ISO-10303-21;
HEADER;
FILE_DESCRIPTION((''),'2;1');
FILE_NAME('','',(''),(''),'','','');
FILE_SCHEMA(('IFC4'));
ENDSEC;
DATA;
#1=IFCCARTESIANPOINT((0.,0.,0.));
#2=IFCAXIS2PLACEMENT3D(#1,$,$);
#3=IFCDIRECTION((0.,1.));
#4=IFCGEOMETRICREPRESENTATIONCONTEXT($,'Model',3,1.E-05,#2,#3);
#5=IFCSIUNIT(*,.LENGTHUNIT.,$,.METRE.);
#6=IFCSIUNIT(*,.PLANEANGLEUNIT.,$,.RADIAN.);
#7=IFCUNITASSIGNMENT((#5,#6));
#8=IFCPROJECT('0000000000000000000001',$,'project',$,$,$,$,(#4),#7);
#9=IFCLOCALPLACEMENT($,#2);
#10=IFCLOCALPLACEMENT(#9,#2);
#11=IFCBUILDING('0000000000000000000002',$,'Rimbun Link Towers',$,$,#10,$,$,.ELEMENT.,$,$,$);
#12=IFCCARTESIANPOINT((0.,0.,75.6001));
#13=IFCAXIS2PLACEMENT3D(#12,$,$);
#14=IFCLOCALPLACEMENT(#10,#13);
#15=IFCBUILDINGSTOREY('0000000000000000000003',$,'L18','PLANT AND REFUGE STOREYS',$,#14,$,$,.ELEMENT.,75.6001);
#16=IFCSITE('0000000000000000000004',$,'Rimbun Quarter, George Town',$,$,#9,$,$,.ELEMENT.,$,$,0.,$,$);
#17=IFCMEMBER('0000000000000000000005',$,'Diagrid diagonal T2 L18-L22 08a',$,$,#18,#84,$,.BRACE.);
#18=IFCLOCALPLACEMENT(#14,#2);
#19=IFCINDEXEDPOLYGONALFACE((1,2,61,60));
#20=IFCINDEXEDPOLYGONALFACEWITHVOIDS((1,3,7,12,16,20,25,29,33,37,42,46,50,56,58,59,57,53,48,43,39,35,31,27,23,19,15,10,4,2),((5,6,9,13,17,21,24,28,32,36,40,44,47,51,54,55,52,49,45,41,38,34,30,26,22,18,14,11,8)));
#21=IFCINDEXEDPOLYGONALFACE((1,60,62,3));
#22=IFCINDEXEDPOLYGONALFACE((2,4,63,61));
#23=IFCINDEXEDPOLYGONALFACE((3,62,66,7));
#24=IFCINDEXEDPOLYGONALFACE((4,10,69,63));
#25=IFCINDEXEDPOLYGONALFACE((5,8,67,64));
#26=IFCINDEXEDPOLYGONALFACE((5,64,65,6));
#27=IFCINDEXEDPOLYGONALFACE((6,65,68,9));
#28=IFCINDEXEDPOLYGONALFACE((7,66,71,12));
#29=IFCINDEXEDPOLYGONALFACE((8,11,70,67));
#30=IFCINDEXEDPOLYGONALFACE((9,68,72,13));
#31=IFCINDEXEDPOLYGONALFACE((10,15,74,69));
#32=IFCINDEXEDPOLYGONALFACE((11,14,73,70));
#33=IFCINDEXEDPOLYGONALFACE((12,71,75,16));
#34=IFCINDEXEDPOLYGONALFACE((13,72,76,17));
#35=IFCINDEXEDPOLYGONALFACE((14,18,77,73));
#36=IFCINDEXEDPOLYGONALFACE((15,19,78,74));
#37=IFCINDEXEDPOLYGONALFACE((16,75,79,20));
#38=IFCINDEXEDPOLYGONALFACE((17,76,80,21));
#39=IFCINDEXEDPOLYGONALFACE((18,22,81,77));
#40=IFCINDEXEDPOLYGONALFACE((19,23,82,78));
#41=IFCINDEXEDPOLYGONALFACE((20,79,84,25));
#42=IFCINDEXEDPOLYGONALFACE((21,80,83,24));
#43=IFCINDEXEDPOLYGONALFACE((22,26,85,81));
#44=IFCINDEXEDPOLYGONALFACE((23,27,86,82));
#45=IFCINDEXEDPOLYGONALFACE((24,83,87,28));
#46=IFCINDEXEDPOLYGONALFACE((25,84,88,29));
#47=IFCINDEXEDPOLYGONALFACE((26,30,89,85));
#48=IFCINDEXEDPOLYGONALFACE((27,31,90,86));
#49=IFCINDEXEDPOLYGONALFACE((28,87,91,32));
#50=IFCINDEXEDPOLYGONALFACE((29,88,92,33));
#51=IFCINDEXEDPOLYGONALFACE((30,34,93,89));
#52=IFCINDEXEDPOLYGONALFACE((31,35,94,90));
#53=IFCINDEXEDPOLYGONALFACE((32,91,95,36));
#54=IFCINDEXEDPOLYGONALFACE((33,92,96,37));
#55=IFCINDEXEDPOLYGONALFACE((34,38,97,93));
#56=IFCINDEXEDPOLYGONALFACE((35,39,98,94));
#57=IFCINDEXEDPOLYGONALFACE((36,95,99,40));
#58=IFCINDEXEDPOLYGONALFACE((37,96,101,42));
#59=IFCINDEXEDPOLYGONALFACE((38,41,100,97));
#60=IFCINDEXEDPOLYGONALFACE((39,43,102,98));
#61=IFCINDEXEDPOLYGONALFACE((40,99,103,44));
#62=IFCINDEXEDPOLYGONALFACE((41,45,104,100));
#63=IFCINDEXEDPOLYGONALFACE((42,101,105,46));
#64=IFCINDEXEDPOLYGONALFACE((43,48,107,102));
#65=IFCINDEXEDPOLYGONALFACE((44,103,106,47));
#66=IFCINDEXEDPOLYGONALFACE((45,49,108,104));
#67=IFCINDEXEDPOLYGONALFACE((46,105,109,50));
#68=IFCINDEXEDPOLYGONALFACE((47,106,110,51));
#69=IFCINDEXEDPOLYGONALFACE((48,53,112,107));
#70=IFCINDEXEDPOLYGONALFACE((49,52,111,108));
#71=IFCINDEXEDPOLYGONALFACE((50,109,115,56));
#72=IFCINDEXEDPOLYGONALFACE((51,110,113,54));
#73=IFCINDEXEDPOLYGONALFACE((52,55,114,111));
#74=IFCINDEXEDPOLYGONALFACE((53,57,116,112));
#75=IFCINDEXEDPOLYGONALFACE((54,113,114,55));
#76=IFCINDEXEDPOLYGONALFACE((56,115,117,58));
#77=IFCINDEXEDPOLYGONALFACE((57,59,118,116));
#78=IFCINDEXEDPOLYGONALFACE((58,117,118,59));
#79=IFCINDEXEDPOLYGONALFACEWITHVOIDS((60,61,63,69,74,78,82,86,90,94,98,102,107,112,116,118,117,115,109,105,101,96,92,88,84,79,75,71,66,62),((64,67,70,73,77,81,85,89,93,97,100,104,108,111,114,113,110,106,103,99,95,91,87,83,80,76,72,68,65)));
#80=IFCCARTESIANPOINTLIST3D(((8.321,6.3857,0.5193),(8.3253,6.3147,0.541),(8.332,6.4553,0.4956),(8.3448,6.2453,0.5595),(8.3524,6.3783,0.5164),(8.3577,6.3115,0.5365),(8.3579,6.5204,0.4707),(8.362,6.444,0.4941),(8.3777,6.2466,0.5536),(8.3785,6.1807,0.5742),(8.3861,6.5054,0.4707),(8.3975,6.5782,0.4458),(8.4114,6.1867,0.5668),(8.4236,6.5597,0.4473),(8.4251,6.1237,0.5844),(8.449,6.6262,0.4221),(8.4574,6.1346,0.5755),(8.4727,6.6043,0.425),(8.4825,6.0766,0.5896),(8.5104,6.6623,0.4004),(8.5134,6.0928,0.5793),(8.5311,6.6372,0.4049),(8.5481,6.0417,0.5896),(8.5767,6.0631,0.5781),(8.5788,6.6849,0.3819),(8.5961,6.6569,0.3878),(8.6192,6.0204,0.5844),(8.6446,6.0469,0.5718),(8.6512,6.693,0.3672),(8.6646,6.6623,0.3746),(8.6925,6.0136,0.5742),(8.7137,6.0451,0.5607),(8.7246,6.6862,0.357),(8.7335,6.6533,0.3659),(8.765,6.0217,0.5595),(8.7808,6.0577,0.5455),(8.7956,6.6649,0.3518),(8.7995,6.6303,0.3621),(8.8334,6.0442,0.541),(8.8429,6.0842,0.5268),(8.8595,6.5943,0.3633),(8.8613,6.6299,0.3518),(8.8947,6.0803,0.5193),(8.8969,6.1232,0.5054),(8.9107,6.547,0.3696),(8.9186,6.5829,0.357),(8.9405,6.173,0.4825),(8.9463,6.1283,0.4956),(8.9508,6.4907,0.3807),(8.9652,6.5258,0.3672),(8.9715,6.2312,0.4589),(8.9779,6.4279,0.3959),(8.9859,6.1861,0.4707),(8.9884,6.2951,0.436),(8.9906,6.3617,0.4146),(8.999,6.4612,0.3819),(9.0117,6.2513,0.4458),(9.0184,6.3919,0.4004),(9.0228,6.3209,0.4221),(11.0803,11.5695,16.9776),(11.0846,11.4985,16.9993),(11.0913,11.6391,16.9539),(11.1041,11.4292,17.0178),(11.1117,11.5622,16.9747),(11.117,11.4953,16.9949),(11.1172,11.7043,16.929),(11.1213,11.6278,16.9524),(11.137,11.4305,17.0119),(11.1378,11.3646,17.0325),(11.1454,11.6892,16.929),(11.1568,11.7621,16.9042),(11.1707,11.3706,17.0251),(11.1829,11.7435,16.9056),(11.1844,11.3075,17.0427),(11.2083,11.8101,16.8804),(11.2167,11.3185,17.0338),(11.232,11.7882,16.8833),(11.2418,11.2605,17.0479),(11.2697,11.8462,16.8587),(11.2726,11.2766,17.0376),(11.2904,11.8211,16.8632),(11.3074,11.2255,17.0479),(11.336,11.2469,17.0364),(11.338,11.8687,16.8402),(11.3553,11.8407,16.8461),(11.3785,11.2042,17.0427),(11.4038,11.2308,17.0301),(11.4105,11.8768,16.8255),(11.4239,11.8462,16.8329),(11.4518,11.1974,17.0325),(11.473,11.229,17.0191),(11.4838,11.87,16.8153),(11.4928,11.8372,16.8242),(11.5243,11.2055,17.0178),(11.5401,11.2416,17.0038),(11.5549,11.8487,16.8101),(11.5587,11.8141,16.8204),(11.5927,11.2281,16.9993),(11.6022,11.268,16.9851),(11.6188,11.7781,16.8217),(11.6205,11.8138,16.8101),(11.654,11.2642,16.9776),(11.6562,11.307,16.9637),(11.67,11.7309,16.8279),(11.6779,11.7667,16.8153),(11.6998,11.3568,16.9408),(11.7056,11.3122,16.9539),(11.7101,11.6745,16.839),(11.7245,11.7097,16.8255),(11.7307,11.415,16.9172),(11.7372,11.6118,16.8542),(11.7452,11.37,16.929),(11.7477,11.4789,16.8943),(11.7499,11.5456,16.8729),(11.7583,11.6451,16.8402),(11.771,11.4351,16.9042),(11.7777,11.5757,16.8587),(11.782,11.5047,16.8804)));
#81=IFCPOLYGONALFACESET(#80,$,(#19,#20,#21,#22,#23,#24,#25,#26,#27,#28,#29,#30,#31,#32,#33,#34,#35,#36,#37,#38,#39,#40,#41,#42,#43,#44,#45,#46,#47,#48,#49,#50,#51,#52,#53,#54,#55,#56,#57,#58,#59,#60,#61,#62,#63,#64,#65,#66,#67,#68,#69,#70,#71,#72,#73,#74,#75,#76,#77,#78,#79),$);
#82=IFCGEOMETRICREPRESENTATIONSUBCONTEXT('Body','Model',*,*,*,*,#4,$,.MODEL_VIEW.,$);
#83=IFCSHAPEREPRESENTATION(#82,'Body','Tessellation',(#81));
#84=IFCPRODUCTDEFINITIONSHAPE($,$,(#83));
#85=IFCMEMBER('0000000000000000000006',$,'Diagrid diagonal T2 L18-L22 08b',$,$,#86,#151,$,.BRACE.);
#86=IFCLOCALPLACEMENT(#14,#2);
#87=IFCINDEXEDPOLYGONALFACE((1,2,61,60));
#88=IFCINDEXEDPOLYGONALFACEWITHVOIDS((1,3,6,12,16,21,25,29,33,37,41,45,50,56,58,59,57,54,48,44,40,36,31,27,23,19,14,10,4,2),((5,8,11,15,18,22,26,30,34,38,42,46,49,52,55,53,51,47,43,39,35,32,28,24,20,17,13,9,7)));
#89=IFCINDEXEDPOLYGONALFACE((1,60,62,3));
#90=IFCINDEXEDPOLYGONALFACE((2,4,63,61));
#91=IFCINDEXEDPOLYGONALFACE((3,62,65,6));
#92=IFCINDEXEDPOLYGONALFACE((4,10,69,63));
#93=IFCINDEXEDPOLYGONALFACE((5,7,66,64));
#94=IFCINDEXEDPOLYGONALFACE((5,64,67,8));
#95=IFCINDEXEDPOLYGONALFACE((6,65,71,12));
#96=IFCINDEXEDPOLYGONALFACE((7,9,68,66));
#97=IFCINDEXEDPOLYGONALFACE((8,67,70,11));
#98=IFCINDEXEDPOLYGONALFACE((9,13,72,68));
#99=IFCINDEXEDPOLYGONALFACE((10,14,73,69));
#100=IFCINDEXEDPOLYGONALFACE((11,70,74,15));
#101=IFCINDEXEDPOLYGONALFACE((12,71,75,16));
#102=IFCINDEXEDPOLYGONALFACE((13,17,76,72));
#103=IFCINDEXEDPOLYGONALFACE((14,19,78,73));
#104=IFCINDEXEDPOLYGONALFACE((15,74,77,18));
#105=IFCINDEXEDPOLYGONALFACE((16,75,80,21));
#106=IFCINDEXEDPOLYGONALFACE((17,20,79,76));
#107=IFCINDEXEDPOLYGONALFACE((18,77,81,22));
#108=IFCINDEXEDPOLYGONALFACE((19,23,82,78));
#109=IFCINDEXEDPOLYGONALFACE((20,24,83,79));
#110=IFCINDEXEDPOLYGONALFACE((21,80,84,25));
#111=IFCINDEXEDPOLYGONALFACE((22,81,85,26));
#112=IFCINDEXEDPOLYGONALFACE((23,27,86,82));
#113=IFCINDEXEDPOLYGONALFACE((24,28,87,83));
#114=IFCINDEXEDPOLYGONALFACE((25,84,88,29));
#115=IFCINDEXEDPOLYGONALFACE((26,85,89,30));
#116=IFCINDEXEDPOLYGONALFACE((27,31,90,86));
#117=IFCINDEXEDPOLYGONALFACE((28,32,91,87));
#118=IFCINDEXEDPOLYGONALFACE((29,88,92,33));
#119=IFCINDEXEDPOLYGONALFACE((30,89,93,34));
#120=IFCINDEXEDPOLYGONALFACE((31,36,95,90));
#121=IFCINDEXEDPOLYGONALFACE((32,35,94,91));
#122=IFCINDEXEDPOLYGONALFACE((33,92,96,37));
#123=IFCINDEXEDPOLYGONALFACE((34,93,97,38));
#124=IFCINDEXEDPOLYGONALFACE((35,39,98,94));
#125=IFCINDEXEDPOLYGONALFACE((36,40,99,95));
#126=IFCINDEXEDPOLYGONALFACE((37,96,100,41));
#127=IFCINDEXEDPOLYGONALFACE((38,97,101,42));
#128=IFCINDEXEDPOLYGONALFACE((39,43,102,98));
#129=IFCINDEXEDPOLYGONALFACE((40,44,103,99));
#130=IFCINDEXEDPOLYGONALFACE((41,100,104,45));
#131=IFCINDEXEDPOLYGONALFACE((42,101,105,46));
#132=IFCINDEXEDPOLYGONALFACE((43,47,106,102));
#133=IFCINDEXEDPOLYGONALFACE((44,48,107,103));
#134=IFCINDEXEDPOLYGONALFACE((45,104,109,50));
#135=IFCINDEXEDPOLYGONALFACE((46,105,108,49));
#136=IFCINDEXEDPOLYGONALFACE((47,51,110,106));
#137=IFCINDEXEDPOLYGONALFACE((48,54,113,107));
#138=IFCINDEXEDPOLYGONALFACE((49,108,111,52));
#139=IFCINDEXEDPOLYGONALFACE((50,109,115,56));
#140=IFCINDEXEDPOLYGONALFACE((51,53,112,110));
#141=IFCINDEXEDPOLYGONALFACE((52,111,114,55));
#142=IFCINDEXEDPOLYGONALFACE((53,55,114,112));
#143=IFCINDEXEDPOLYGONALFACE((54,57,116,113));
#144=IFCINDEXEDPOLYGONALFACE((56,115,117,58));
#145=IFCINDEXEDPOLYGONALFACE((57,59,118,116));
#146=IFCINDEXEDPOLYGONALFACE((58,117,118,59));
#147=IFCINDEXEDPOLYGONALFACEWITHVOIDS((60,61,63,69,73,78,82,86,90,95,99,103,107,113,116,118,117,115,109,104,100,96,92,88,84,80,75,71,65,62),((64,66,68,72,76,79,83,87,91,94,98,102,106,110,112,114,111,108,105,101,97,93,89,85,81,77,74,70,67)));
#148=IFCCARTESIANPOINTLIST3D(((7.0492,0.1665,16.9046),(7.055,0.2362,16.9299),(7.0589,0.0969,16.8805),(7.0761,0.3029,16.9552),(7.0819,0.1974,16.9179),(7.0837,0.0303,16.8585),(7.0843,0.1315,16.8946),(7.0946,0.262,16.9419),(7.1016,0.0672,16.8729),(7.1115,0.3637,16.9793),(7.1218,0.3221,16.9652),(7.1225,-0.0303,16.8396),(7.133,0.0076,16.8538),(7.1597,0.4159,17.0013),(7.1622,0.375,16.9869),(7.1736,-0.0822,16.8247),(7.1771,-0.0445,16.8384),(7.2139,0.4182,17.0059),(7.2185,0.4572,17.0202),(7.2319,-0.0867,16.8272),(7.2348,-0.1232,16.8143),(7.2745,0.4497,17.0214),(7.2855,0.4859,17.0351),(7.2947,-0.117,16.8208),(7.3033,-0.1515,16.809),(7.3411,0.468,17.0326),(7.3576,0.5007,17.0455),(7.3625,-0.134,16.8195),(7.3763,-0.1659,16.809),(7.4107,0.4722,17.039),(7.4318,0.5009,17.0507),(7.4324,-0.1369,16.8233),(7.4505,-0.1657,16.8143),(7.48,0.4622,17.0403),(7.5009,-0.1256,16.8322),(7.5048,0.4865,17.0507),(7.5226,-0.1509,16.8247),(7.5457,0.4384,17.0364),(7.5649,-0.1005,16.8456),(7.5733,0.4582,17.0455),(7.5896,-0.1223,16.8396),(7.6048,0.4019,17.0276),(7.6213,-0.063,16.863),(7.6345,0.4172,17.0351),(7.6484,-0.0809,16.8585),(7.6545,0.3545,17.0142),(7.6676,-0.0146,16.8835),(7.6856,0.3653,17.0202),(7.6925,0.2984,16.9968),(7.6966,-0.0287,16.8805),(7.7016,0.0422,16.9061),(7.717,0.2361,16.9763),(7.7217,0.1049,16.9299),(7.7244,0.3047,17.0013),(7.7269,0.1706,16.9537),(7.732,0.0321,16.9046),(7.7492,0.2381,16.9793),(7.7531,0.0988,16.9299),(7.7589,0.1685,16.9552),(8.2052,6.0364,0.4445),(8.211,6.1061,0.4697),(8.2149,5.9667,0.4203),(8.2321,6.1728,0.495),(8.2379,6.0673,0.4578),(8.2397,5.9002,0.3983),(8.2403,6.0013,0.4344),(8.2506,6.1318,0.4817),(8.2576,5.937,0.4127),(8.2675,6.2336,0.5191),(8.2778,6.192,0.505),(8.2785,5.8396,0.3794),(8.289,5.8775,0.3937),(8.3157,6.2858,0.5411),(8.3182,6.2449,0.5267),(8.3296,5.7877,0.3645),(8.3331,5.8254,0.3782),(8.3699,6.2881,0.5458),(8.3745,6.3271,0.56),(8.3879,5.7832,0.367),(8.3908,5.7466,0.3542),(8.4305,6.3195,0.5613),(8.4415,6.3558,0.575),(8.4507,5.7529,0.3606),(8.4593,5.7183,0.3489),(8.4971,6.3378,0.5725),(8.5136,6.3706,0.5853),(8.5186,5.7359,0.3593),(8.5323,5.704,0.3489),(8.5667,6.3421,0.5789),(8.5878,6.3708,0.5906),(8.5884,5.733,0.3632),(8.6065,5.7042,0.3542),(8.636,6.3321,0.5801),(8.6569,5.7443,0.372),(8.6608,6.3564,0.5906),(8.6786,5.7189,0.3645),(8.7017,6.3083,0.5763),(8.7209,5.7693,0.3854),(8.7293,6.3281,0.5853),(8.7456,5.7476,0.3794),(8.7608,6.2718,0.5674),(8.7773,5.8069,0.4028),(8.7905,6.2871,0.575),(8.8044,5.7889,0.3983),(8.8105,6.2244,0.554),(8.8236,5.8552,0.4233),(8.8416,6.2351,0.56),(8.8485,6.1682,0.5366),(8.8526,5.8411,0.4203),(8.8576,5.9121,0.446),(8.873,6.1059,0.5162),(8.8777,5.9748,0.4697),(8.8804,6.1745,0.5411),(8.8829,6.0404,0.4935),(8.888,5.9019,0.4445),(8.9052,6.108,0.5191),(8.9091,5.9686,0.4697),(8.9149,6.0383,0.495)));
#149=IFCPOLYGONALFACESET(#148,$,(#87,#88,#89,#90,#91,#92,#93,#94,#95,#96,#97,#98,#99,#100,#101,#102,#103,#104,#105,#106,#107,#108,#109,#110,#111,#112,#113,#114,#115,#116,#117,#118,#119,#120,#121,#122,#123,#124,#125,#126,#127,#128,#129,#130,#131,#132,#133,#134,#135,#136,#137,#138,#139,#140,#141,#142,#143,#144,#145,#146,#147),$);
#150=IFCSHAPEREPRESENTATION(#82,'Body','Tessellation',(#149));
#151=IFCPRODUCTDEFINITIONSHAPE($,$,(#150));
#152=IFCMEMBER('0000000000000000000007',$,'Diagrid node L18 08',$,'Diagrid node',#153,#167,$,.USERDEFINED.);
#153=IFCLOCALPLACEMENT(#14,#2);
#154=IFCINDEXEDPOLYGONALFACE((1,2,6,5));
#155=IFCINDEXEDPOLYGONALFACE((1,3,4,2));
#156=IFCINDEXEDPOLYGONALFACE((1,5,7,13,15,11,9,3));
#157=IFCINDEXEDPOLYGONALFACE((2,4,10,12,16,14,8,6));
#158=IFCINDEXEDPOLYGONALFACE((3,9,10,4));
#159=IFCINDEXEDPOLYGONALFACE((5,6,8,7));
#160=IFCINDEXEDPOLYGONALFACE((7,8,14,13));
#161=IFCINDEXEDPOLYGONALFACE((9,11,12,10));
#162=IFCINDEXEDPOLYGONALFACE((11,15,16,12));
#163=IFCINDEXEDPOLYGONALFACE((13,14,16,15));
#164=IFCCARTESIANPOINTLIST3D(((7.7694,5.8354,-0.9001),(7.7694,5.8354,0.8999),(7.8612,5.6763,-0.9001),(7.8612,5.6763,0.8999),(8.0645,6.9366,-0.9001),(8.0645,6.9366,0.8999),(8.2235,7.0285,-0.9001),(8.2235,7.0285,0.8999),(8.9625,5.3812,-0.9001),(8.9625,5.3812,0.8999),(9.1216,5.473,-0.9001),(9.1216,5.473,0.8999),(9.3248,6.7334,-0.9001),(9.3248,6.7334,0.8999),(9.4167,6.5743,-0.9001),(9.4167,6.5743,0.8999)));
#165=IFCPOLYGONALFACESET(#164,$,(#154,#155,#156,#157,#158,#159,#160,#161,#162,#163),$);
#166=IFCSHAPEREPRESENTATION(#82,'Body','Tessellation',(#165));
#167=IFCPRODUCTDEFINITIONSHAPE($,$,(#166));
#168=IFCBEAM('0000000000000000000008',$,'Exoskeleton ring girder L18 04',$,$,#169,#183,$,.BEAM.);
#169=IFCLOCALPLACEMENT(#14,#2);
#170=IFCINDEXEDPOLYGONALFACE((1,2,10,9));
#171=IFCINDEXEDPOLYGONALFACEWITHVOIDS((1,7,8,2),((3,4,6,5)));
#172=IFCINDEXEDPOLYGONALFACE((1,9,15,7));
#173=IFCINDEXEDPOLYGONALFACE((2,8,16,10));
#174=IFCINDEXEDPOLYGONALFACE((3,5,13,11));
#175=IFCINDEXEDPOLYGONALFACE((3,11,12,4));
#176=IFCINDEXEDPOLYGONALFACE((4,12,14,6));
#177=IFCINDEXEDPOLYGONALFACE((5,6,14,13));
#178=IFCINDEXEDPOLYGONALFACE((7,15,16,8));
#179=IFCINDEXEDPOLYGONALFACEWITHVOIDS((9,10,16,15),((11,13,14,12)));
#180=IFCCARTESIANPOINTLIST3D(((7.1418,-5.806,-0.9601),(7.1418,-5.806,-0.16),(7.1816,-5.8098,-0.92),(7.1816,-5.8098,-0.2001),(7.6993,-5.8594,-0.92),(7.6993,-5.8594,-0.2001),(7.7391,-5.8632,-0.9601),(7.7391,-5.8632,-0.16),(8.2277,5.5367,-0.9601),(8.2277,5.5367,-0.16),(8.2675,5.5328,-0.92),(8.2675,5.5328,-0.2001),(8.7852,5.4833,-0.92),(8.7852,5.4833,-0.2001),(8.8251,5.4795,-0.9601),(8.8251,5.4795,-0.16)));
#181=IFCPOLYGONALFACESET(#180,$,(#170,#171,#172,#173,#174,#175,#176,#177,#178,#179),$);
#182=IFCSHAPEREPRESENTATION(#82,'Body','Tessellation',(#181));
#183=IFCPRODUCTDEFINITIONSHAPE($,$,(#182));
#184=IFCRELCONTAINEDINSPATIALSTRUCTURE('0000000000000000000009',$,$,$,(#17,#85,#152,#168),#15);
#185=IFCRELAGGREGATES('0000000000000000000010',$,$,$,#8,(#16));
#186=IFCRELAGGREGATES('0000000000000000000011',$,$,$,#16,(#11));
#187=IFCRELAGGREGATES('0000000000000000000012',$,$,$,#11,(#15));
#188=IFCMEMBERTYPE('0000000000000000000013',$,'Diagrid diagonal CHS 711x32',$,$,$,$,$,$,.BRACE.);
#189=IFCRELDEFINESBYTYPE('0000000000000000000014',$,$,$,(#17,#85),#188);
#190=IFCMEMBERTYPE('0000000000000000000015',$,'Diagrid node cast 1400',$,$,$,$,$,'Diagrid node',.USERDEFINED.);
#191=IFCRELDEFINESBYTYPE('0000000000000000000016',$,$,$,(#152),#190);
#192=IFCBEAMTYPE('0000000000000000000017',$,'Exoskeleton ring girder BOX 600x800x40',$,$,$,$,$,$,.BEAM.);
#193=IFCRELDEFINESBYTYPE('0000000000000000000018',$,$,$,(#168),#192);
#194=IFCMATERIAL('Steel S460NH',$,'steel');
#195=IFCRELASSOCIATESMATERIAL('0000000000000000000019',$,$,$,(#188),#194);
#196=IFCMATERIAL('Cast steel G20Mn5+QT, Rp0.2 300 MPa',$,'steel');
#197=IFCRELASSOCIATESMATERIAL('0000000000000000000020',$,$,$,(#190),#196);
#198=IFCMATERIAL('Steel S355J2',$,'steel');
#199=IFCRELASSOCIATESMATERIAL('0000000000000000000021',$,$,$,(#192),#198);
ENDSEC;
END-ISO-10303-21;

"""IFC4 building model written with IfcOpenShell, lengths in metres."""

from ifc_helpers import new_model, si_unit, direction, frame, origin, origin_2d, place, context, subcontext, project, spatial, polyline, hollow_rectangle, hollow_circle, outline, extrude, material, material_profile, profile_set, type_object, element, save


model = new_model("IFC4")

# Units and contexts
model_context = context("Model", 3, precision=1e-05, world=origin(), true_north=direction((0.0, 1.0)))
body_context = subcontext(model_context, "Body", "Model", "MODEL_VIEW")
ifc_project = project(units=[si_unit("LENGTHUNIT", "METRE"), si_unit("PLANEANGLEUNIT", "RADIAN")], contexts=[model_context])

# Site, building, storey
site_placement = place(None, origin())
site = spatial("IfcSite", under=ifc_project, at=site_placement, Name="Rimbun Quarter, George Town", CompositionType="ELEMENT", RefElevation=0.0)
building_placement = place(site_placement, origin())
building = spatial("IfcBuilding", under=site, at=building_placement, Name="Rimbun Link Towers", CompositionType="ELEMENT")
storey_placement = place(building_placement, frame((0.0, 0.0, 75.6001)))
storey = spatial("IfcBuildingStorey", under=building, at=storey_placement, Name="L18", Description="PLANT AND REFUGE STOREYS", CompositionType="ELEMENT", Elevation=75.6001)

# Members
ifc_material_1 = material(Name="Steel S460NH", Category="steel")
ifc_material_profile_1 = material_profile(ifc_material_1, hollow_circle(Radius=0.3557, WallThickness=0.032, at=origin_2d()), Name="Diagrid diagonal CHS 711x32")
ifc_profile_set_1 = profile_set([ifc_material_profile_1], Name="Steel S460NH")
member_type_1 = type_object("IfcMemberType", Name="Diagrid diagonal CHS 711x32", PredefinedType="BRACE", material=ifc_profile_set_1)
member_1_placement = place(storey_placement, frame((8.6719, 6.3533, 0.4707), z_axis=(0.157903, 0.296651, 0.941841), x_axis=(-0.882737, 0.469867, 0.0)))
element("IfcMember", 1, at=member_1_placement, inside=storey, type_object=member_type_1, Name="Diagrid diagonal T2 L18-L22 08a", PredefinedType="BRACE", context=body_context, shape_type="SweptSolid", body=[
    extrude(hollow_circle(Radius=0.3557, WallThickness=0.032, at=origin_2d()), origin(), (0.0, 0.0, 1.0), 17.4746),
])
member_2_placement = place(storey_placement, frame((8.5601, 6.0374, 0.4697), z_axis=(-0.066006, -0.335159, 0.939847), x_axis=(0.981154, -0.193227, 0.0)))
element("IfcMember", 2, at=member_2_placement, inside=storey, type_object=member_type_1, Name="Diagrid diagonal T2 L18-L22 08b", PredefinedType="BRACE", context=body_context, shape_type="SweptSolid", body=[
    extrude(hollow_circle(Radius=0.3557, WallThickness=0.032, at=origin_2d()), origin(), (0.0, 0.0, 1.0), 17.5137),
])
ifc_material_2 = material(Name="Cast steel G20Mn5+QT, Rp0.2 300 MPa", Category="steel")
ifc_material_profile_2 = material_profile(ifc_material_2, outline(polyline([(0.7, -0.5701), (0.7, 0.5701), (0.5701, 0.7), (-0.5701, 0.7), (-0.7, 0.5701), (-0.7, -0.5701), (-0.5701, -0.7), (0.5701, -0.7), (0.7, -0.5701)])), Name="NODE 1400x1400")
ifc_profile_set_2 = profile_set([ifc_material_profile_2], Name="Cast steel G20Mn5+QT, Rp0.2 300 MPa")
member_type_2 = type_object("IfcMemberType", Name="Diagrid node cast 1400", ElementType="Diagrid node", PredefinedType="USERDEFINED", material=ifc_profile_set_2)
member_3_placement = place(storey_placement, frame((8.593, 6.2048, -0.9001), z_axis=(0.0, 0.0, 1.0), x_axis=(-0.965926, 0.258819, 0.0)))
element("IfcMember", 3, at=member_3_placement, inside=storey, type_object=member_type_2, Name="Diagrid node L18 08", ObjectType="Diagrid node", PredefinedType="USERDEFINED", context=body_context, shape_type="SweptSolid", body=[
    extrude(outline(polyline([(0.7, -0.5701), (0.7, 0.5701), (0.5701, 0.7), (-0.5701, 0.7), (-0.7, 0.5701), (-0.7, -0.5701), (-0.5701, -0.7), (0.5701, -0.7), (0.7, -0.5701)])), origin(), (0.0, 0.0, 1.0), 1.8),
])

# Beam
ifc_material_3 = material(Name="Steel S355J2", Category="steel")
ifc_material_profile_3 = material_profile(ifc_material_3, hollow_rectangle(XDim=0.6001, YDim=0.8, WallThickness=0.04, at=origin_2d()), Name="Exoskeleton ring girder BOX 600x800x40")
ifc_profile_set_3 = profile_set([ifc_material_profile_3], Name="Steel S355J2")
beam_type_1 = type_object("IfcBeamType", Name="Exoskeleton ring girder BOX 600x800x40", PredefinedType="BEAM", material=ifc_profile_set_3)
beam_1_placement = place(storey_placement, frame((8.5264, 5.5081, -0.5601), z_axis=(-0.095303, -0.995448, 0.0), x_axis=(0.995448, -0.095303, 0.0)))
element("IfcBeam", 4, at=beam_1_placement, inside=storey, type_object=beam_type_1, Name="Exoskeleton ring girder L18 04", PredefinedType="BEAM", context=body_context, shape_type="SweptSolid", body=[
    extrude(hollow_rectangle(XDim=0.6001, YDim=0.8, WallThickness=0.04, at=origin_2d()), origin(), (0.0, 0.0, 1.0), 11.3945),
])

save(model, "model.ifc")
